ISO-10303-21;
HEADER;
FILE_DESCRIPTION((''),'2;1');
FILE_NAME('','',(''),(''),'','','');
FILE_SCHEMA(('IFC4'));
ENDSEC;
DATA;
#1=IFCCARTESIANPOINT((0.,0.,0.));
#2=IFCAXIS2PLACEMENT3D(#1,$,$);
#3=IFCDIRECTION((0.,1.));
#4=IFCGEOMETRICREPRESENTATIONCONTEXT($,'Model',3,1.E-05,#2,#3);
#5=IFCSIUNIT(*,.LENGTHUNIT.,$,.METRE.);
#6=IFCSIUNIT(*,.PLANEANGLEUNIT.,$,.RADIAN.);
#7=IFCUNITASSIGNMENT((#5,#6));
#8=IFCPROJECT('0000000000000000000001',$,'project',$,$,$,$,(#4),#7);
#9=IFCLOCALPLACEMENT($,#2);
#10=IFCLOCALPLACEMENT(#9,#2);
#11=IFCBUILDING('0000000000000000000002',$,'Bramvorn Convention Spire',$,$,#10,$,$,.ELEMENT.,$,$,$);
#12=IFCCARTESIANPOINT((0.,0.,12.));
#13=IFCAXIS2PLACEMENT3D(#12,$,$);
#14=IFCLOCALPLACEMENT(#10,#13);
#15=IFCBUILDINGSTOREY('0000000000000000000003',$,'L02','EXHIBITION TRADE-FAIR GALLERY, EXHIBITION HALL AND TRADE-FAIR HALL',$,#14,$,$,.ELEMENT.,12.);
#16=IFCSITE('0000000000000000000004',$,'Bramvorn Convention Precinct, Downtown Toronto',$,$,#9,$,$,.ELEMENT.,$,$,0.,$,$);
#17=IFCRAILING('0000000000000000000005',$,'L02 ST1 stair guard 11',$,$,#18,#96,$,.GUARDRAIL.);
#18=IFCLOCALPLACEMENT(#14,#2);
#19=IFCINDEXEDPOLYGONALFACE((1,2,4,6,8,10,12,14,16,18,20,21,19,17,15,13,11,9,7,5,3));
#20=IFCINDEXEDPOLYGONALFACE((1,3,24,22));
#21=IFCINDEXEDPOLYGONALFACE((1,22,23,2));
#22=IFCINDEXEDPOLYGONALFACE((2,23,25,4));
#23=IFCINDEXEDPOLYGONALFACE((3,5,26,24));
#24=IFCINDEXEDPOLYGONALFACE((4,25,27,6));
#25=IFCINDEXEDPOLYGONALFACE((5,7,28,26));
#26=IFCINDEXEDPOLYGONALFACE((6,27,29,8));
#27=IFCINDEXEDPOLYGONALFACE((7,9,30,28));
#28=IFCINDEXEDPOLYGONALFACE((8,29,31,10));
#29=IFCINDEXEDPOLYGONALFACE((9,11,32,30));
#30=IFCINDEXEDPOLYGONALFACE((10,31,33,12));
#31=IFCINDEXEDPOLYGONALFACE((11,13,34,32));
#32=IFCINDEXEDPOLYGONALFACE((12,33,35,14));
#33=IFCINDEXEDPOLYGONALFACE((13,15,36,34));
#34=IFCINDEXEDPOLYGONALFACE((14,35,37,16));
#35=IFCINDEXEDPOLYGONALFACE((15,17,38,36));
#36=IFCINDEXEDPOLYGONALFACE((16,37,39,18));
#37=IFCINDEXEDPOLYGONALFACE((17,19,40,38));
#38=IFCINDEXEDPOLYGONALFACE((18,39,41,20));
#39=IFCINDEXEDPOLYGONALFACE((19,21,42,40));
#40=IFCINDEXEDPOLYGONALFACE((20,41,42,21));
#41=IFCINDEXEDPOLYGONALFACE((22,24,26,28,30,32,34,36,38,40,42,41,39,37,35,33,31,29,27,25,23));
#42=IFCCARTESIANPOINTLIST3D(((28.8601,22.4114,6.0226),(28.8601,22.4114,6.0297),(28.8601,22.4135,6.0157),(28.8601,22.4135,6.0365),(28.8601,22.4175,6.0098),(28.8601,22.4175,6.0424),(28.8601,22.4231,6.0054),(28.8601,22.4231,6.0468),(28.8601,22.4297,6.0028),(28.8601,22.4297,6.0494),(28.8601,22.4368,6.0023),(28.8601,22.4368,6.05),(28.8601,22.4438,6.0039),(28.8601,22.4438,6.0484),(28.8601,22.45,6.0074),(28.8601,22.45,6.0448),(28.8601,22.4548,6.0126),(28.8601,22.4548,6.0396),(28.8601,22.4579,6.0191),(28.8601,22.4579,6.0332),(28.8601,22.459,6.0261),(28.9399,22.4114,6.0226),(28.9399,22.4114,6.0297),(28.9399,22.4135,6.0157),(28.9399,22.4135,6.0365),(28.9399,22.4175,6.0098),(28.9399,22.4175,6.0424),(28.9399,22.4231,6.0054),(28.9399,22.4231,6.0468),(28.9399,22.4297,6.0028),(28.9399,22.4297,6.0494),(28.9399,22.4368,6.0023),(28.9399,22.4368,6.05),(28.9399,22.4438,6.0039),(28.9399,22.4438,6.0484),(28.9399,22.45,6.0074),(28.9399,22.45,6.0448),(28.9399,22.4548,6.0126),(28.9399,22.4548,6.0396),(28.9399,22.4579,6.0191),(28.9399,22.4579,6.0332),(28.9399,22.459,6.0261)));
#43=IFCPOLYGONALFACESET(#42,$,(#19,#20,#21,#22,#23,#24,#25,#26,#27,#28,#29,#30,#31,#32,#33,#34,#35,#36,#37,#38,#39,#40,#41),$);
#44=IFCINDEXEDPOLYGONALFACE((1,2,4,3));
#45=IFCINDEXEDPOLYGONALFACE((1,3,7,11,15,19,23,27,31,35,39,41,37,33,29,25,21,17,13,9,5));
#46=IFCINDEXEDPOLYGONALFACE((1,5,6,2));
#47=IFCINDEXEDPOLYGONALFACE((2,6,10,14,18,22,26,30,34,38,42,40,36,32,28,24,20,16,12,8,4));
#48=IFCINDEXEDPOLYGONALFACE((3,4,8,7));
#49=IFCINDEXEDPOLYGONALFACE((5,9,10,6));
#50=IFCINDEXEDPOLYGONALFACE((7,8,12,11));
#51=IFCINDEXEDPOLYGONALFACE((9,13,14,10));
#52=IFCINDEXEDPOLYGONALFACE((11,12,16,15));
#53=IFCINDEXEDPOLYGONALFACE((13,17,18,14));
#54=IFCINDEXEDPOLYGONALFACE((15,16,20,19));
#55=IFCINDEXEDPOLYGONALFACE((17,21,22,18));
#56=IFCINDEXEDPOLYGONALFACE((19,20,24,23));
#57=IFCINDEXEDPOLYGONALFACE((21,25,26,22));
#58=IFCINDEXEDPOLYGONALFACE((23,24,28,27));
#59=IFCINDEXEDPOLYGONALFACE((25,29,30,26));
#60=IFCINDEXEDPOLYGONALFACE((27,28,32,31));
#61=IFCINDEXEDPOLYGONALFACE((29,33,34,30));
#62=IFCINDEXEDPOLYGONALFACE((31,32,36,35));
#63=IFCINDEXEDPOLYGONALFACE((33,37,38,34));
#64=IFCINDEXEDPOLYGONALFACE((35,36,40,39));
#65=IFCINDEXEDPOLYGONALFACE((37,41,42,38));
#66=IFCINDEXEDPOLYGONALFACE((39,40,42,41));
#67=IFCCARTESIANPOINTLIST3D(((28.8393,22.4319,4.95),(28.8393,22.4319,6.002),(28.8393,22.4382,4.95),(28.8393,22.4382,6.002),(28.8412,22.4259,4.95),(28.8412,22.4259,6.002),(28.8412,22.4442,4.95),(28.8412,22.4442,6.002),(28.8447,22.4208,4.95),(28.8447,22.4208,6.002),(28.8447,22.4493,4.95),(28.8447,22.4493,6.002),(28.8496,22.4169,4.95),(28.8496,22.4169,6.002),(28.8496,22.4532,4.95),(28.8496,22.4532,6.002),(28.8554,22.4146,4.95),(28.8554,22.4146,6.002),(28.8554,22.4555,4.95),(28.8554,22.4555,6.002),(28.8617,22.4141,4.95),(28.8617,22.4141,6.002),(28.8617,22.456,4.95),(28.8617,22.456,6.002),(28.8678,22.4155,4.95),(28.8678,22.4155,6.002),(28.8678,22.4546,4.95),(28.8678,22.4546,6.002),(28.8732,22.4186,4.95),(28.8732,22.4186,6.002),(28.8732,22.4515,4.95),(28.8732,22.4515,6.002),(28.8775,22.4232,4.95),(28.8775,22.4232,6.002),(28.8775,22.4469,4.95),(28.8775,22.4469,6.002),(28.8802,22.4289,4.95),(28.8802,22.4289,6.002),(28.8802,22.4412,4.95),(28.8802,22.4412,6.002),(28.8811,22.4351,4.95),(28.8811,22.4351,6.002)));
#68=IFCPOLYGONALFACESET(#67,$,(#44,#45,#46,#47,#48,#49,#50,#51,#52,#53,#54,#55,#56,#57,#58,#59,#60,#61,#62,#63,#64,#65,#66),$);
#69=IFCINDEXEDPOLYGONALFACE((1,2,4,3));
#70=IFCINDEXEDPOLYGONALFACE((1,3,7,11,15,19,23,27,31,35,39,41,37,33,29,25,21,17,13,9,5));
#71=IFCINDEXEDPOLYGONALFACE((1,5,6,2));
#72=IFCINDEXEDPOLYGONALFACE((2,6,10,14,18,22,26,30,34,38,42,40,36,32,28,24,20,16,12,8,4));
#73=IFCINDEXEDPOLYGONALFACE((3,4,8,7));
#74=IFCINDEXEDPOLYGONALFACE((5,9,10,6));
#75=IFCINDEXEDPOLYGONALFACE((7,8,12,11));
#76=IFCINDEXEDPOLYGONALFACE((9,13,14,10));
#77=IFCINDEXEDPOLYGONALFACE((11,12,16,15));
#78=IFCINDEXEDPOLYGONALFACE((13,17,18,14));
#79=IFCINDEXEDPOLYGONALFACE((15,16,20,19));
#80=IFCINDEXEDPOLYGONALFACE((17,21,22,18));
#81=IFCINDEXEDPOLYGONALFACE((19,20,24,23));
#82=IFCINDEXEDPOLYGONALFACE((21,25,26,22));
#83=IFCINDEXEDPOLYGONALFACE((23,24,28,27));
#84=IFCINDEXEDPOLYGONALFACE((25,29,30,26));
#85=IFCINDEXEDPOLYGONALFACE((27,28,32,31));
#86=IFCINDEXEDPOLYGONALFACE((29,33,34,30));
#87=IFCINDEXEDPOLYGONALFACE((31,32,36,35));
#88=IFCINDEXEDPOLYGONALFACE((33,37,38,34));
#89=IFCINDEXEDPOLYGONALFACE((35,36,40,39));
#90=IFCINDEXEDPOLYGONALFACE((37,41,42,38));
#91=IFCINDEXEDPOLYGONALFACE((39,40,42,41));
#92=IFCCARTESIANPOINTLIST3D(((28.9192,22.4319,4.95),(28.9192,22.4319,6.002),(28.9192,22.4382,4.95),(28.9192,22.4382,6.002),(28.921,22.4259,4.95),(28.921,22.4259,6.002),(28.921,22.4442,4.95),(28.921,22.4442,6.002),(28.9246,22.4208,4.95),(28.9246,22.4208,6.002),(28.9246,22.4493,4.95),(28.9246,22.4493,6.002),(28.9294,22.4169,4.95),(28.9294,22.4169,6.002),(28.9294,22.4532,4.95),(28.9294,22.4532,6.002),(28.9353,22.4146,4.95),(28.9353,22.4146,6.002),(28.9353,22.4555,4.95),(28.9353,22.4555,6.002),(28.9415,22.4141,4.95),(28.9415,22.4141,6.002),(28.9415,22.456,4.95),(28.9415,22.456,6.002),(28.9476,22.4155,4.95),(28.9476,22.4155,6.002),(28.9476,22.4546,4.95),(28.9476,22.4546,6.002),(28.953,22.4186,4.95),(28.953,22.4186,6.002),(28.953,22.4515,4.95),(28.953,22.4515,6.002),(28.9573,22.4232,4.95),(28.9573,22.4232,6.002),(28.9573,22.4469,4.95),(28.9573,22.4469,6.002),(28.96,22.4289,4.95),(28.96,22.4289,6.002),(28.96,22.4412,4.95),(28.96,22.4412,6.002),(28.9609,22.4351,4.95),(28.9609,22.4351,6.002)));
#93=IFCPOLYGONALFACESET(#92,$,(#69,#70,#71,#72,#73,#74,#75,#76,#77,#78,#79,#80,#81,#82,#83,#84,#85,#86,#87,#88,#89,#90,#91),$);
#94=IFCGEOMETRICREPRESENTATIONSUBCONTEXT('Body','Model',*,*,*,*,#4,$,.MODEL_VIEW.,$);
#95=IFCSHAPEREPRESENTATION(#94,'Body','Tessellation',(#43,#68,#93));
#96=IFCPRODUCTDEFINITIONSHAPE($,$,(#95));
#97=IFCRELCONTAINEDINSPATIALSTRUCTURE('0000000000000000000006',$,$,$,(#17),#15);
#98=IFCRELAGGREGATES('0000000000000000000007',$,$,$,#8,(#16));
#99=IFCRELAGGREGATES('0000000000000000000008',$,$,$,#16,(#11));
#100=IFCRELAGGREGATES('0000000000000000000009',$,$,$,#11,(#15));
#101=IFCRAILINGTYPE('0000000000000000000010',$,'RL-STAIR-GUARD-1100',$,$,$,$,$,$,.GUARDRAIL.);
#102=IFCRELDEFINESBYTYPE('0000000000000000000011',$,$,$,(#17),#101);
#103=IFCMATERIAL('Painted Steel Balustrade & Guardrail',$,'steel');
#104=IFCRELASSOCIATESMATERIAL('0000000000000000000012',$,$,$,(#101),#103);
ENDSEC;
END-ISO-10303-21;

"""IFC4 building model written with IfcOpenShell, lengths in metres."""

from ifc_helpers import new_model, si_unit, direction, frame, origin, origin_2d, place, context, subcontext, project, spatial, circle, extrude, material, type_object, element, save


model = new_model("IFC4")

# Units and contexts
model_context = context("Model", 3, precision=1e-05, world=origin(), true_north=direction((0.0, 1.0)))
body_context = subcontext(model_context, "Body", "Model", "MODEL_VIEW")
ifc_project = project(units=[si_unit("LENGTHUNIT", "METRE"), si_unit("PLANEANGLEUNIT", "RADIAN")], contexts=[model_context])

# Site, building, storey
site_placement = place(None, origin())
site = spatial("IfcSite", under=ifc_project, at=site_placement, Name="Bramvorn Convention Precinct, Downtown Toronto", CompositionType="ELEMENT", RefElevation=0.0)
building_placement = place(site_placement, origin())
building = spatial("IfcBuilding", under=site, at=building_placement, Name="Bramvorn Convention Spire", CompositionType="ELEMENT")
storey_placement = place(building_placement, frame((0.0, 0.0, 12.0)))
storey = spatial("IfcBuildingStorey", under=building, at=storey_placement, Name="L02", Description="EXHIBITION TRADE-FAIR GALLERY, EXHIBITION HALL AND TRADE-FAIR HALL", CompositionType="ELEMENT", Elevation=12.0)

# Railing
ifc_material_1 = material(Name="Painted Steel Balustrade & Guardrail", Category="steel")
railing_type = type_object("IfcRailingType", Name="RL-STAIR-GUARD-1100", PredefinedType="GUARDRAIL", material=ifc_material_1)
railing_1_placement = place(storey_placement, frame((28.8601, 22.4351, 4.95)))
element("IfcRailing", 1, at=railing_1_placement, inside=storey, type_object=railing_type, Name="L02 ST1 stair guard 11", PredefinedType="GUARDRAIL", context=body_context, shape_type="SweptSolid", body=[
    extrude(circle(Radius=0.0239, at=origin_2d()), frame((0.0, 0.0, 1.0762), z_axis=(1.0, 0.0, 0.0), x_axis=(0.0, 1.0, 0.0)), (0.0, 0.0, 1.0), 0.0798),
    extrude(circle(Radius=0.021, at=origin_2d()), origin(), (0.0, 0.0, 1.0), 1.052),
    extrude(circle(Radius=0.021, at=origin_2d()), frame((0.0798, 0.0, 0.0)), (0.0, 0.0, 1.0), 1.052),
])

save(model, "model.ifc")
